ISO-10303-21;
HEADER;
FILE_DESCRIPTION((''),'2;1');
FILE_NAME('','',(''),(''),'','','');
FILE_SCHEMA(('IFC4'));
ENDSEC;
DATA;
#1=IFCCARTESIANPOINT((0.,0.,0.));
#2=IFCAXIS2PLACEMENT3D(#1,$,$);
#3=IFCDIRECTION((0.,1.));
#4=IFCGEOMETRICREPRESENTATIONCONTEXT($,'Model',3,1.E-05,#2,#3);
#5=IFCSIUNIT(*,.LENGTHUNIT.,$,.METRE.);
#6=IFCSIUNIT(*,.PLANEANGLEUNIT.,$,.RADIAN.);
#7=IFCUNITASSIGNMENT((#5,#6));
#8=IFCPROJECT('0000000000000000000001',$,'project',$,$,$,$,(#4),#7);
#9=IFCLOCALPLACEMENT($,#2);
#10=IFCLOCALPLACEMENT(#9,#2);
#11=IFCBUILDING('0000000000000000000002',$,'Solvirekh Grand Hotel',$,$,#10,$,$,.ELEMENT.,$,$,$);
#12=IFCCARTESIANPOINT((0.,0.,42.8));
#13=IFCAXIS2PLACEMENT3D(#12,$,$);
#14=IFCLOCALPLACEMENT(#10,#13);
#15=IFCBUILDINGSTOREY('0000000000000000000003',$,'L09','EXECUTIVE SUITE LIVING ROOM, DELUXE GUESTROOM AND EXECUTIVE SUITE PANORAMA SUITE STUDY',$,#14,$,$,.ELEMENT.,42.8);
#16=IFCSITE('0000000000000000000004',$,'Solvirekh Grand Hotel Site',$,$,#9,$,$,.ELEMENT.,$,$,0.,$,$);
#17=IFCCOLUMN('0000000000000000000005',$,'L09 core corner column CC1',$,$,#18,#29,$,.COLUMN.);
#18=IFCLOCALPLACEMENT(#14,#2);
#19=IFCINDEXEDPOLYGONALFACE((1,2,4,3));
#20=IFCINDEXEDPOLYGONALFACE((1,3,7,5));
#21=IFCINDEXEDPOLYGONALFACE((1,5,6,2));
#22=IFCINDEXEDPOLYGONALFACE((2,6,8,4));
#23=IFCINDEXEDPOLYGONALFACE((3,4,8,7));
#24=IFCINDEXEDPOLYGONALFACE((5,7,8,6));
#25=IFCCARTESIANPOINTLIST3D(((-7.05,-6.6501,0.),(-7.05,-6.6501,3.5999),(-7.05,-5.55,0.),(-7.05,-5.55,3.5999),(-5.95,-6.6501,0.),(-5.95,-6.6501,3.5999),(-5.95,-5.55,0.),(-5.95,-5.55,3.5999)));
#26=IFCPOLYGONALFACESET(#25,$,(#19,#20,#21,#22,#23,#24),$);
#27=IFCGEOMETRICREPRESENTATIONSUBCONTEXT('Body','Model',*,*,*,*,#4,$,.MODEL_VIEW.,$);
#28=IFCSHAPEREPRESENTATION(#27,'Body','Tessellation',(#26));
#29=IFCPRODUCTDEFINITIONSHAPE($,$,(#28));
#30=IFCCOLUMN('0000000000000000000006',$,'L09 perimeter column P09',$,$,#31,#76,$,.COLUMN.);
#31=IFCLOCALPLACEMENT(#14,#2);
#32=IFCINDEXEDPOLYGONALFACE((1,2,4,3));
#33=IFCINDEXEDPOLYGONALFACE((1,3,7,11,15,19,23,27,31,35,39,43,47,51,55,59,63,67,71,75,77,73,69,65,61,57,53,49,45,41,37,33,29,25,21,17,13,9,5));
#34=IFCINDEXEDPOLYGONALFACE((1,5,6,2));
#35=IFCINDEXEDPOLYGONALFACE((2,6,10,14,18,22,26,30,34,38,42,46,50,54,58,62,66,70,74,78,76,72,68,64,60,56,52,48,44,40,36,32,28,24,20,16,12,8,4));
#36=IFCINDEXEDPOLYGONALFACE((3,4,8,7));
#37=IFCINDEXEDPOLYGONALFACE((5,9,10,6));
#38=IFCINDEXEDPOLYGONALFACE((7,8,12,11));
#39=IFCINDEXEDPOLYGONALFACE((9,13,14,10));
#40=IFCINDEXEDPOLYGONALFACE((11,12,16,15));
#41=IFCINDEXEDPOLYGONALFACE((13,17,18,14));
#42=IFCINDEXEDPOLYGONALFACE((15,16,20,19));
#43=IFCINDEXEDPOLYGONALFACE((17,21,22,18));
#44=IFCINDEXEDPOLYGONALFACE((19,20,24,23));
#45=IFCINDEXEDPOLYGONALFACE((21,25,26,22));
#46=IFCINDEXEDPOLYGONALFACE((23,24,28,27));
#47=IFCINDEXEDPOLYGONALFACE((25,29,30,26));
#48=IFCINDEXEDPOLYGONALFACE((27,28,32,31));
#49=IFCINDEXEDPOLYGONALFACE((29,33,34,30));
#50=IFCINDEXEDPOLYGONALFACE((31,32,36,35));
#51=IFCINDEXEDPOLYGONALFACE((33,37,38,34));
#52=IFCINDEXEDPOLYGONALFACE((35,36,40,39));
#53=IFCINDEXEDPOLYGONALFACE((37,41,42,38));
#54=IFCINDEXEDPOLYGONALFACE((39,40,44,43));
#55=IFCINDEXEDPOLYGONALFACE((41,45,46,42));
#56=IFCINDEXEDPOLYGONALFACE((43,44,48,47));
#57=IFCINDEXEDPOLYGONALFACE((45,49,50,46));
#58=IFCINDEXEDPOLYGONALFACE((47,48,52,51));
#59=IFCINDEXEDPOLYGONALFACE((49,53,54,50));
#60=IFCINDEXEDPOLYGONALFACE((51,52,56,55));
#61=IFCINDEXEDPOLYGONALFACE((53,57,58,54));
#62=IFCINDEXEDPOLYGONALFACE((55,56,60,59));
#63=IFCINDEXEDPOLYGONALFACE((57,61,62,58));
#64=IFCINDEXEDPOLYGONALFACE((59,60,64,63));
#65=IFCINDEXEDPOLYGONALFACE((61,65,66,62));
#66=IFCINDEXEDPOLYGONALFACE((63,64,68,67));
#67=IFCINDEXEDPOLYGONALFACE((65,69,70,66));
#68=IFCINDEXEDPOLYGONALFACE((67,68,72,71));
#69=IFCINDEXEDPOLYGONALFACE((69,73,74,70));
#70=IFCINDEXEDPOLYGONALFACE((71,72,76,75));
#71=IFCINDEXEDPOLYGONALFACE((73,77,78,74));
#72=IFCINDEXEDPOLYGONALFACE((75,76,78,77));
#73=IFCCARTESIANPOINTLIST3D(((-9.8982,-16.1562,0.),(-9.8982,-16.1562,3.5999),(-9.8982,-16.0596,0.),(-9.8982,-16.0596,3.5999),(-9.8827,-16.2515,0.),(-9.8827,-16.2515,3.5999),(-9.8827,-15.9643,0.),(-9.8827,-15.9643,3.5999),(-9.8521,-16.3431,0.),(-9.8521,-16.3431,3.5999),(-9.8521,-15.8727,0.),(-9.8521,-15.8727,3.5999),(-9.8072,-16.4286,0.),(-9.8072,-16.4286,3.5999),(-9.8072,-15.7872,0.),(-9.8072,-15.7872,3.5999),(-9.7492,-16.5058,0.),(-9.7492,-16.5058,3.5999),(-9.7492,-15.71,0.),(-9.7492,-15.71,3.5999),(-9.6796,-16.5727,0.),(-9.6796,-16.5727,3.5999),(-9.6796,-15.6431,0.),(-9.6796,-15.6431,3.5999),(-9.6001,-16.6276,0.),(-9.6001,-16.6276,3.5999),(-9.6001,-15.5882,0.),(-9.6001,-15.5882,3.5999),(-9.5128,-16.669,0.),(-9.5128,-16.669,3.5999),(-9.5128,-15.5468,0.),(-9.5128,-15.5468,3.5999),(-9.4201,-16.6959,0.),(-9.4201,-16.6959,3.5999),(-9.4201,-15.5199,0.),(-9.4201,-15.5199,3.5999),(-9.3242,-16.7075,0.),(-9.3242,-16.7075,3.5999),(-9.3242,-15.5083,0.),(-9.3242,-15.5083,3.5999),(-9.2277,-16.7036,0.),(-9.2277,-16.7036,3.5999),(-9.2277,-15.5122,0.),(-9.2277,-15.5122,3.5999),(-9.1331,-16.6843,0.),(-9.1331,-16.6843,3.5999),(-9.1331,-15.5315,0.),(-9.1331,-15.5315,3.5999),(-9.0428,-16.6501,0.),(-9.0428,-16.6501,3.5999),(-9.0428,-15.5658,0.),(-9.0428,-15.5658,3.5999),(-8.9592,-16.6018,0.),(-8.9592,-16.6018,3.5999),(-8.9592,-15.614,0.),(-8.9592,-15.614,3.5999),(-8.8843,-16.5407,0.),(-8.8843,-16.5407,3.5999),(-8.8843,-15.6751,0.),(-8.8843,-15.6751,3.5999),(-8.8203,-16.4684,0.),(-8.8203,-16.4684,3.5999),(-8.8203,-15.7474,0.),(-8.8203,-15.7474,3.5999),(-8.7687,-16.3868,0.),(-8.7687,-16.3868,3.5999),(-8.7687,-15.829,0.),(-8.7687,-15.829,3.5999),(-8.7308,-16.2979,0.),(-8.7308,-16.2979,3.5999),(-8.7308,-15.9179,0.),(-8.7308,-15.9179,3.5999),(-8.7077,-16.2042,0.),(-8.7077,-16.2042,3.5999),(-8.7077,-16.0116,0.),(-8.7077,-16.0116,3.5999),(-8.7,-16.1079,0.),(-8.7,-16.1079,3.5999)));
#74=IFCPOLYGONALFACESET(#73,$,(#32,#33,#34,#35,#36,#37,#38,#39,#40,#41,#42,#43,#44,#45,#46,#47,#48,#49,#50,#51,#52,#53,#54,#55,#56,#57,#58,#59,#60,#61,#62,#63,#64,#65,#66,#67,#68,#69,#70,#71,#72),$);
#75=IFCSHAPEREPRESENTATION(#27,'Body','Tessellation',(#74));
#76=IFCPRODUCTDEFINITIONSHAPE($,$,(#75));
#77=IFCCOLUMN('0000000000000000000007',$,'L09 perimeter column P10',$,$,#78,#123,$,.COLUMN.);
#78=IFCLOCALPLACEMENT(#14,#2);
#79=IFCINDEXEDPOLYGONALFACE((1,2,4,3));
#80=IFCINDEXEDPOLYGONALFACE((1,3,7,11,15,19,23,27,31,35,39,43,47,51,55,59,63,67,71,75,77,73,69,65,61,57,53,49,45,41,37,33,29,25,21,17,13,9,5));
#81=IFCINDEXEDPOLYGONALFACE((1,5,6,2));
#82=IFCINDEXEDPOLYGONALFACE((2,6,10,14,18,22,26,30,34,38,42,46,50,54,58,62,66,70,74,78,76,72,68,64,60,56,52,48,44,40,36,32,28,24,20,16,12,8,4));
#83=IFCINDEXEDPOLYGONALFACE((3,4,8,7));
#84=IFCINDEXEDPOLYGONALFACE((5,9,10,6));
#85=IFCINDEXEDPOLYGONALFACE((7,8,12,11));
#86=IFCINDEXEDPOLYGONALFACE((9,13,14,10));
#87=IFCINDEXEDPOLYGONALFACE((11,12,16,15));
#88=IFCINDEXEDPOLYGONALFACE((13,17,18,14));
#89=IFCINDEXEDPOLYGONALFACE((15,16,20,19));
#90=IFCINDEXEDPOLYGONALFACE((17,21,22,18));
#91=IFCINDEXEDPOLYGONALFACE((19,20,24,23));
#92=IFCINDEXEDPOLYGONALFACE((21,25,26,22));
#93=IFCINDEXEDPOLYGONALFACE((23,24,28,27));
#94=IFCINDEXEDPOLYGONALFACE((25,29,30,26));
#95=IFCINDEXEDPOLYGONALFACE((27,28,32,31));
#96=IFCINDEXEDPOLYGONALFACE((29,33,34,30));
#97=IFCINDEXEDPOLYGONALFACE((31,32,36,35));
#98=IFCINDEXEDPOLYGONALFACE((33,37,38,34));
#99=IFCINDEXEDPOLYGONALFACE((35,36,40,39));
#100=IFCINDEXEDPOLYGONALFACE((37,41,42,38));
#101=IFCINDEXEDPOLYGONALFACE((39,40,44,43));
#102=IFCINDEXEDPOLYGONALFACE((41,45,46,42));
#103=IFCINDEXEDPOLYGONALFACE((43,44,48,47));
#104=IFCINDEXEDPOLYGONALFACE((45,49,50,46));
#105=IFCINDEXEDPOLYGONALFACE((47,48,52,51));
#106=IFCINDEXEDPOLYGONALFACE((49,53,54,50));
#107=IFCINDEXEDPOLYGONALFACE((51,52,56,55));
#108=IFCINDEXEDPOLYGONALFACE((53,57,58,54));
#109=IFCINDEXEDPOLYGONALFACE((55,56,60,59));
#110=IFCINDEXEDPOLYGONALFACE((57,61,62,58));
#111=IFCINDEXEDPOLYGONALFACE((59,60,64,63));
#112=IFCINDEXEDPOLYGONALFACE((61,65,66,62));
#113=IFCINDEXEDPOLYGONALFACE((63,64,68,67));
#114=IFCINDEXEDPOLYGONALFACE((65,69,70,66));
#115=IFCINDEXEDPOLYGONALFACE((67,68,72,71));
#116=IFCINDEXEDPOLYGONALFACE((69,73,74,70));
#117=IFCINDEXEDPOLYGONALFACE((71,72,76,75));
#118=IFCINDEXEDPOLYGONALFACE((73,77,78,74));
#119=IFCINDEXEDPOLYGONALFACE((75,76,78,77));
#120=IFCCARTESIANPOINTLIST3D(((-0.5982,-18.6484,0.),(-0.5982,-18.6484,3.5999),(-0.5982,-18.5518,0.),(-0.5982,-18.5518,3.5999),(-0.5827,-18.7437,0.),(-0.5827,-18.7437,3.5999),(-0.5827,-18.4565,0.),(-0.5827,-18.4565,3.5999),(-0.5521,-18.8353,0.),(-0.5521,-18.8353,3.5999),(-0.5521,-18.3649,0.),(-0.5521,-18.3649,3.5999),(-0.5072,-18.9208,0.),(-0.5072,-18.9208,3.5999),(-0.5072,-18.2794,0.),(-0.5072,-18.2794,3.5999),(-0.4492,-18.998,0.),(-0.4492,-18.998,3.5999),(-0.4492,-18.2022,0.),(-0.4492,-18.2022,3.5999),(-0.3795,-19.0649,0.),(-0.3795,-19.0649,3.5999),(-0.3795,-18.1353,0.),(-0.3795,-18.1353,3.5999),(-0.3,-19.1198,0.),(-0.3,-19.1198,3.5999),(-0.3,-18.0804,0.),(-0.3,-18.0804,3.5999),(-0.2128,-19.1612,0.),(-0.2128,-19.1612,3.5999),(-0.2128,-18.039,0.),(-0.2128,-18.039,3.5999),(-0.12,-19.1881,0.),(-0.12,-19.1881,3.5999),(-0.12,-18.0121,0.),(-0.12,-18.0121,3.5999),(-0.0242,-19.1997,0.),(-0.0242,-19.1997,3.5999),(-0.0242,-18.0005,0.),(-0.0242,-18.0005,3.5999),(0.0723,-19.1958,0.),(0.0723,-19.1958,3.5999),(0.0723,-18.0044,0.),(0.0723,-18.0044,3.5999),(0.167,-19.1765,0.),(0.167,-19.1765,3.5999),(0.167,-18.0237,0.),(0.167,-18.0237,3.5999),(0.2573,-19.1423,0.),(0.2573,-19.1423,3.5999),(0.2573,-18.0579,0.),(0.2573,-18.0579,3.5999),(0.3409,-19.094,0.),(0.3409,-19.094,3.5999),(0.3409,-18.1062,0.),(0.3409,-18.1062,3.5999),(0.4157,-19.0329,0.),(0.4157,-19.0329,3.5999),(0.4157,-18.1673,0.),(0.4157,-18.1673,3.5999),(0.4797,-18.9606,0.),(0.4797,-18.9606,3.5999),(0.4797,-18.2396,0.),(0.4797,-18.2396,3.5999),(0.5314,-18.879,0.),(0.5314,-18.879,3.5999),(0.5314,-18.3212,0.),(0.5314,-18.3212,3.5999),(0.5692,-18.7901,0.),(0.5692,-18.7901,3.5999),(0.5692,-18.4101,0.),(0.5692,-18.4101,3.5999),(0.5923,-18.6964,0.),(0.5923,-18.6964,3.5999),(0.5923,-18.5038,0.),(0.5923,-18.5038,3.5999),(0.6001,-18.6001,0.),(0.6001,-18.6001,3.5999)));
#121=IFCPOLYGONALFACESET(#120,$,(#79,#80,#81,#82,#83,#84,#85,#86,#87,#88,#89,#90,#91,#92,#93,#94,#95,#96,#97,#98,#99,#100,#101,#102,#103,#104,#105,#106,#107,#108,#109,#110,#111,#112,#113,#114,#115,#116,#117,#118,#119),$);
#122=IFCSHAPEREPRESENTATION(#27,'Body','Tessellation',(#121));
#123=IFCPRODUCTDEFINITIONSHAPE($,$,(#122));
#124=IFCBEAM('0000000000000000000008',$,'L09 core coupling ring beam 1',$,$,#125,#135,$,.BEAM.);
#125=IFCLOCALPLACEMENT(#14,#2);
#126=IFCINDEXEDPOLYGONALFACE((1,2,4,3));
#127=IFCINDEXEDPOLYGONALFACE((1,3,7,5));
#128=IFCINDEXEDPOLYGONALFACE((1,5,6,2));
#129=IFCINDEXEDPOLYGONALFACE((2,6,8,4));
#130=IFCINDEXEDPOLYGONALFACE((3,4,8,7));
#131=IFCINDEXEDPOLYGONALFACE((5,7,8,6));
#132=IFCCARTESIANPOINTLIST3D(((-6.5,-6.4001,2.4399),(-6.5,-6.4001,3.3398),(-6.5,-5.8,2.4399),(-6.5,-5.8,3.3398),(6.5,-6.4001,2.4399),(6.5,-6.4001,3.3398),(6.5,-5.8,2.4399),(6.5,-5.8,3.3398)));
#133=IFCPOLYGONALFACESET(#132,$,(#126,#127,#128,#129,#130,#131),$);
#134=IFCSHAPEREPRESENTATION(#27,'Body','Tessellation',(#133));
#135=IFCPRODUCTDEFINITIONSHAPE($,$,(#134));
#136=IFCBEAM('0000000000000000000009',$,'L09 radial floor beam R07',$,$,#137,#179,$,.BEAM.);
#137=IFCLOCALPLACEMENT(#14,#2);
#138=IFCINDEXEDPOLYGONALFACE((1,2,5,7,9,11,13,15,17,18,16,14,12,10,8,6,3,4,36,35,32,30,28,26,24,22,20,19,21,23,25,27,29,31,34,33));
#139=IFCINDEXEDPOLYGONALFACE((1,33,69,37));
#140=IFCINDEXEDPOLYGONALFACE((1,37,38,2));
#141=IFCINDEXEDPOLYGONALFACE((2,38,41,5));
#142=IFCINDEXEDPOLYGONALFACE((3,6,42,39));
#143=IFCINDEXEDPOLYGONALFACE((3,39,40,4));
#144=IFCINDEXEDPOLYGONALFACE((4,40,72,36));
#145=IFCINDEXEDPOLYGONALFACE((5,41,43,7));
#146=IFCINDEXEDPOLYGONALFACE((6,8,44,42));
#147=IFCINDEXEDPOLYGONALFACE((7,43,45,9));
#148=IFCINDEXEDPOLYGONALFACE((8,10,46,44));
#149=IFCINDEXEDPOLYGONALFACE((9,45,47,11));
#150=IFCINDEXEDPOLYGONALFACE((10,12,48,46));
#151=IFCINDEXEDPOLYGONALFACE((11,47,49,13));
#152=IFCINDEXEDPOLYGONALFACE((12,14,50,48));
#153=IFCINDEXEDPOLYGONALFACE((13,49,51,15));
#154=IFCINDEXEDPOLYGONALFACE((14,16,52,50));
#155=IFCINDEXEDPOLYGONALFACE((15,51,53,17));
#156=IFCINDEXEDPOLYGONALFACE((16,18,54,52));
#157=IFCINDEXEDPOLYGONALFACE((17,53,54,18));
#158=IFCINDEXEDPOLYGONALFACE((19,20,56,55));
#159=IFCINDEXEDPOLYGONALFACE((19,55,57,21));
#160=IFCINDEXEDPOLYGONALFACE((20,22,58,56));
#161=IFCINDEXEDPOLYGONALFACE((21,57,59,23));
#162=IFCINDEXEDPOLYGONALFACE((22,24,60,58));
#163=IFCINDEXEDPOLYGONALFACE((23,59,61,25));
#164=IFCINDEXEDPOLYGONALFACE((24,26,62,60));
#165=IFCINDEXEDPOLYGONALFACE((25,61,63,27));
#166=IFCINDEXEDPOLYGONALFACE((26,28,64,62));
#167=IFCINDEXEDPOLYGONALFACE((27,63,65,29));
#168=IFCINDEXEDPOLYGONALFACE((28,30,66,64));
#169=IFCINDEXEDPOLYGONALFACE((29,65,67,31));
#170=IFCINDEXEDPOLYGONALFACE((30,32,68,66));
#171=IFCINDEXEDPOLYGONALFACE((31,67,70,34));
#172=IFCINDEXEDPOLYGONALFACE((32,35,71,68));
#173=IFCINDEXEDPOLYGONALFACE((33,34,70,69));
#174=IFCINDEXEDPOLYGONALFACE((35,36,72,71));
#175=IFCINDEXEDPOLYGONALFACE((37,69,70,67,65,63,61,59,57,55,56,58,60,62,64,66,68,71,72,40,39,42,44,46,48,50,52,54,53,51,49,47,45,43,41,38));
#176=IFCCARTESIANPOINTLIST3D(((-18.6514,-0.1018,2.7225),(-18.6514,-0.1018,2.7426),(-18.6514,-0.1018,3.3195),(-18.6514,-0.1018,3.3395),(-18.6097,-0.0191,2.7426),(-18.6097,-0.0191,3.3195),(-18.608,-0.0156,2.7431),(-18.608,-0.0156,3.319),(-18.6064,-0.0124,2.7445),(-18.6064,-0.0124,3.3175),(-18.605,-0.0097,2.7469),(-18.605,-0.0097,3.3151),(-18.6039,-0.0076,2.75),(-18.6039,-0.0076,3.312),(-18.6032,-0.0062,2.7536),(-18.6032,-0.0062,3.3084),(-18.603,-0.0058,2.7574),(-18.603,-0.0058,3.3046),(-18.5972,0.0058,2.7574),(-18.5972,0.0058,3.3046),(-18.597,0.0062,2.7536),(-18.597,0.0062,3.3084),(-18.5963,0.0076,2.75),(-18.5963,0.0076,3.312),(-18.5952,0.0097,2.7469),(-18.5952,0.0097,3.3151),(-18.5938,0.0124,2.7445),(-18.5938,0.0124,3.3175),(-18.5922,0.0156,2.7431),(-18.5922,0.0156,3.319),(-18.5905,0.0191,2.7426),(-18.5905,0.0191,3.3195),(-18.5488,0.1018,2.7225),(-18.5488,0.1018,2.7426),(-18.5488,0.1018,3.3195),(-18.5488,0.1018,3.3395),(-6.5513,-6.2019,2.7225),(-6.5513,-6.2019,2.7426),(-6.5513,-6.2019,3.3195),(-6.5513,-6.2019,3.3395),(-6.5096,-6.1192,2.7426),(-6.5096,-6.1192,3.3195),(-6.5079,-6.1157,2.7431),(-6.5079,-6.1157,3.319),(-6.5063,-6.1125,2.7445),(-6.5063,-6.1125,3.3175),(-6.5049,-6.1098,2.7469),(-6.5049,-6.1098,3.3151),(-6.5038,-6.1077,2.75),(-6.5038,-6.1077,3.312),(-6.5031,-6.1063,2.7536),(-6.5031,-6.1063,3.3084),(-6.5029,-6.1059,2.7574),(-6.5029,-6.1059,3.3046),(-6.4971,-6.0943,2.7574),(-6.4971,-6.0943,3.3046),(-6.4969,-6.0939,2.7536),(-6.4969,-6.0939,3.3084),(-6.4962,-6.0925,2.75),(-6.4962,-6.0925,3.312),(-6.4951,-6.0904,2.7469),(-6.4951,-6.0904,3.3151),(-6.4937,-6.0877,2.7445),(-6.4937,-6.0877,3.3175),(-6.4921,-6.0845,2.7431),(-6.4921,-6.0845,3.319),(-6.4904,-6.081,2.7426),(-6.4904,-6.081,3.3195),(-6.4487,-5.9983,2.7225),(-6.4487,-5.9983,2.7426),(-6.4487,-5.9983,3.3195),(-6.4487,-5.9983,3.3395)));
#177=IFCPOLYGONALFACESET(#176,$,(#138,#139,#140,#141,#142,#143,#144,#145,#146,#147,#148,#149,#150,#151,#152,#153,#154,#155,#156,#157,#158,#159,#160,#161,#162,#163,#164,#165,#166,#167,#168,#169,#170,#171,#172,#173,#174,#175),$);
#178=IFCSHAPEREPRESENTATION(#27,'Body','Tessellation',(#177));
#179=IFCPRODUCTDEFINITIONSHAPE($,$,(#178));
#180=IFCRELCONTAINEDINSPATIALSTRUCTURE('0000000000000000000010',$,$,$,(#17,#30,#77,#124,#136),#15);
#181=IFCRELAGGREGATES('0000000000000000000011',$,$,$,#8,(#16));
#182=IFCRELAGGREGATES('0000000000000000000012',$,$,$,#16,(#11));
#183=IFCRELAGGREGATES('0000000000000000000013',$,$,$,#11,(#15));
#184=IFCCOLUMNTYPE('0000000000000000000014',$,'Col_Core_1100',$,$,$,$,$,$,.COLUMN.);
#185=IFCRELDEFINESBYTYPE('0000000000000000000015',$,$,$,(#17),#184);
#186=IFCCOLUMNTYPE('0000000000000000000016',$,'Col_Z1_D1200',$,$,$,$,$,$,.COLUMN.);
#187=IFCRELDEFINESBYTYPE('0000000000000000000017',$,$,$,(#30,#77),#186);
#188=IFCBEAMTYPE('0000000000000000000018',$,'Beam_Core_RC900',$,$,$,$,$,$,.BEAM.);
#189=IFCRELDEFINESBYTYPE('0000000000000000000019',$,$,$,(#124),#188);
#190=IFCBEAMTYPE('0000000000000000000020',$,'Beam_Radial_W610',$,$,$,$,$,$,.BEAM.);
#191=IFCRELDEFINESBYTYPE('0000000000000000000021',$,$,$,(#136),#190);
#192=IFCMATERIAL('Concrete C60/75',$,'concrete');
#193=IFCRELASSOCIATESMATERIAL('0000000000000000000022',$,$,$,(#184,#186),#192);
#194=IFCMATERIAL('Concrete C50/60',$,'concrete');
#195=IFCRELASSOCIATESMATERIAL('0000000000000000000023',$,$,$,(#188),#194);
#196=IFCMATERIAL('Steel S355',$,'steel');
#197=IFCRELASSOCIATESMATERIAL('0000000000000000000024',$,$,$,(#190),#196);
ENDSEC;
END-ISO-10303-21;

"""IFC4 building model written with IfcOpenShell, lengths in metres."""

from ifc_helpers import new_model, si_unit, direction, frame, origin, origin_2d, place, context, subcontext, project, spatial, rectangle, circle, i_section, extrude, material, material_profile, profile_set, type_object, element, save


model = new_model("IFC4")

# Units and contexts
model_context = context("Model", 3, precision=1e-05, world=origin(), true_north=direction((0.0, 1.0)))
body_context = subcontext(model_context, "Body", "Model", "MODEL_VIEW")
ifc_project = project(units=[si_unit("LENGTHUNIT", "METRE"), si_unit("PLANEANGLEUNIT", "RADIAN")], contexts=[model_context])

# Site, building, storey
site_placement = place(None, origin())
site = spatial("IfcSite", under=ifc_project, at=site_placement, Name="Solvirekh Grand Hotel Site", CompositionType="ELEMENT", RefElevation=0.0)
building_placement = place(site_placement, origin())
building = spatial("IfcBuilding", under=site, at=building_placement, Name="Solvirekh Grand Hotel", CompositionType="ELEMENT")
storey_placement = place(building_placement, frame((0.0, 0.0, 42.8)))
storey = spatial("IfcBuildingStorey", under=building, at=storey_placement, Name="L09", Description="EXECUTIVE SUITE LIVING ROOM, DELUXE GUESTROOM AND EXECUTIVE SUITE PANORAMA SUITE STUDY", CompositionType="ELEMENT", Elevation=42.8)

# Columns
ifc_material_1 = material(Name="Concrete C60/75", Category="concrete")
ifc_material_profile_1 = material_profile(ifc_material_1, rectangle(XDim=1.1001, YDim=1.1001, at=origin_2d()), Name="RC 1100X1100")
ifc_profile_set_1 = profile_set([ifc_material_profile_1], Name="Concrete C60/75")
column_type_1 = type_object("IfcColumnType", Name="Col_Core_1100", PredefinedType="COLUMN", material=ifc_profile_set_1)
column_placement = place(storey_placement, frame((-6.5, -6.1001, 0.0), z_axis=(0.0, 0.0, 1.0), x_axis=(1.0, 0.0, 0.0)))
element("IfcColumn", 1, at=column_placement, inside=storey, type_object=column_type_1, Name="L09 core corner column CC1", PredefinedType="COLUMN", context=body_context, shape_type="SweptSolid", body=[
    extrude(rectangle(XDim=1.1001, YDim=1.1001, at=origin_2d()), origin(), (0.0, 0.0, 1.0), 3.5999),
])
ifc_material_profile_2 = material_profile(ifc_material_1, circle(Radius=0.6001, at=origin_2d()), Name="RC CIRC D1200")
ifc_profile_set_2 = profile_set([ifc_material_profile_2], Name="Concrete C60/75")
column_type_2 = type_object("IfcColumnType", Name="Col_Z1_D1200", PredefinedType="COLUMN", material=ifc_profile_set_2)
for number, where, z_axis, x_axis, name in (
    (2, (-9.3, -16.1079, 0.0), (0.0, 0.0, 1.0), (1.0, 0.0, 0.0), "L09 perimeter column P09"),
    (3, (0.0, -18.6001, 0.0), (0.0, 0.0, 1.0), (1.0, 0.0, 0.0), "L09 perimeter column P10"),
):
    element("IfcColumn", number, at=place(storey_placement, frame(where, z_axis=z_axis, x_axis=x_axis)), inside=storey, type_object=column_type_2, Name=name, PredefinedType="COLUMN", context=body_context, shape_type="SweptSolid", body=[
        extrude(circle(Radius=0.6001, at=origin_2d()), origin(), (0.0, 0.0, 1.0), 3.5999),
    ])

# Beams
ifc_material_2 = material(Name="Concrete C50/60", Category="concrete")
ifc_material_profile_3 = material_profile(ifc_material_2, rectangle(XDim=0.6001, YDim=0.8999, at=origin_2d()), Name="RC BEAM 600X900")
ifc_profile_set_3 = profile_set([ifc_material_profile_3], Name="Concrete C50/60")
beam_type_1 = type_object("IfcBeamType", Name="Beam_Core_RC900", PredefinedType="BEAM", material=ifc_profile_set_3)
beam_1_placement = place(storey_placement, frame((-6.5, -6.1001, 2.8899), z_axis=(1.0, 0.0, 0.0), x_axis=(0.0, 1.0, 0.0)))
element("IfcBeam", 4, at=beam_1_placement, inside=storey, type_object=beam_type_1, Name="L09 core coupling ring beam 1", PredefinedType="BEAM", context=body_context, shape_type="SweptSolid", body=[
    extrude(rectangle(XDim=0.6001, YDim=0.8999, at=origin_2d()), origin(), (0.0, 0.0, 1.0), 13.0),
])
ifc_material_3 = material(Name="Steel S355", Category="steel")
ifc_material_profile_4 = material_profile(ifc_material_3, i_section(OverallWidth=0.228, OverallDepth=0.6169, WebThickness=0.0129, FlangeThickness=0.02, FilletRadius=0.0149, at=origin_2d()), Name="W610X140")
ifc_profile_set_4 = profile_set([ifc_material_profile_4], Name="Steel S355")
beam_type_2 = type_object("IfcBeamType", Name="Beam_Radial_W610", PredefinedType="BEAM", material=ifc_profile_set_4)
beam_2_placement = place(storey_placement, frame((-6.5, -6.1001, 3.031), z_axis=(-0.892945, 0.450166, 0.0), x_axis=(-0.450166, -0.892945, 0.0)))
element("IfcBeam", 5, at=beam_2_placement, inside=storey, type_object=beam_type_2, Name="L09 radial floor beam R07", PredefinedType="BEAM", context=body_context, shape_type="SweptSolid", body=[
    extrude(i_section(OverallWidth=0.228, OverallDepth=0.6169, WebThickness=0.0129, FlangeThickness=0.02, FilletRadius=0.0149, at=origin_2d()), origin(), (0.0, 0.0, 1.0), 13.5508),
])

save(model, "model.ifc")
